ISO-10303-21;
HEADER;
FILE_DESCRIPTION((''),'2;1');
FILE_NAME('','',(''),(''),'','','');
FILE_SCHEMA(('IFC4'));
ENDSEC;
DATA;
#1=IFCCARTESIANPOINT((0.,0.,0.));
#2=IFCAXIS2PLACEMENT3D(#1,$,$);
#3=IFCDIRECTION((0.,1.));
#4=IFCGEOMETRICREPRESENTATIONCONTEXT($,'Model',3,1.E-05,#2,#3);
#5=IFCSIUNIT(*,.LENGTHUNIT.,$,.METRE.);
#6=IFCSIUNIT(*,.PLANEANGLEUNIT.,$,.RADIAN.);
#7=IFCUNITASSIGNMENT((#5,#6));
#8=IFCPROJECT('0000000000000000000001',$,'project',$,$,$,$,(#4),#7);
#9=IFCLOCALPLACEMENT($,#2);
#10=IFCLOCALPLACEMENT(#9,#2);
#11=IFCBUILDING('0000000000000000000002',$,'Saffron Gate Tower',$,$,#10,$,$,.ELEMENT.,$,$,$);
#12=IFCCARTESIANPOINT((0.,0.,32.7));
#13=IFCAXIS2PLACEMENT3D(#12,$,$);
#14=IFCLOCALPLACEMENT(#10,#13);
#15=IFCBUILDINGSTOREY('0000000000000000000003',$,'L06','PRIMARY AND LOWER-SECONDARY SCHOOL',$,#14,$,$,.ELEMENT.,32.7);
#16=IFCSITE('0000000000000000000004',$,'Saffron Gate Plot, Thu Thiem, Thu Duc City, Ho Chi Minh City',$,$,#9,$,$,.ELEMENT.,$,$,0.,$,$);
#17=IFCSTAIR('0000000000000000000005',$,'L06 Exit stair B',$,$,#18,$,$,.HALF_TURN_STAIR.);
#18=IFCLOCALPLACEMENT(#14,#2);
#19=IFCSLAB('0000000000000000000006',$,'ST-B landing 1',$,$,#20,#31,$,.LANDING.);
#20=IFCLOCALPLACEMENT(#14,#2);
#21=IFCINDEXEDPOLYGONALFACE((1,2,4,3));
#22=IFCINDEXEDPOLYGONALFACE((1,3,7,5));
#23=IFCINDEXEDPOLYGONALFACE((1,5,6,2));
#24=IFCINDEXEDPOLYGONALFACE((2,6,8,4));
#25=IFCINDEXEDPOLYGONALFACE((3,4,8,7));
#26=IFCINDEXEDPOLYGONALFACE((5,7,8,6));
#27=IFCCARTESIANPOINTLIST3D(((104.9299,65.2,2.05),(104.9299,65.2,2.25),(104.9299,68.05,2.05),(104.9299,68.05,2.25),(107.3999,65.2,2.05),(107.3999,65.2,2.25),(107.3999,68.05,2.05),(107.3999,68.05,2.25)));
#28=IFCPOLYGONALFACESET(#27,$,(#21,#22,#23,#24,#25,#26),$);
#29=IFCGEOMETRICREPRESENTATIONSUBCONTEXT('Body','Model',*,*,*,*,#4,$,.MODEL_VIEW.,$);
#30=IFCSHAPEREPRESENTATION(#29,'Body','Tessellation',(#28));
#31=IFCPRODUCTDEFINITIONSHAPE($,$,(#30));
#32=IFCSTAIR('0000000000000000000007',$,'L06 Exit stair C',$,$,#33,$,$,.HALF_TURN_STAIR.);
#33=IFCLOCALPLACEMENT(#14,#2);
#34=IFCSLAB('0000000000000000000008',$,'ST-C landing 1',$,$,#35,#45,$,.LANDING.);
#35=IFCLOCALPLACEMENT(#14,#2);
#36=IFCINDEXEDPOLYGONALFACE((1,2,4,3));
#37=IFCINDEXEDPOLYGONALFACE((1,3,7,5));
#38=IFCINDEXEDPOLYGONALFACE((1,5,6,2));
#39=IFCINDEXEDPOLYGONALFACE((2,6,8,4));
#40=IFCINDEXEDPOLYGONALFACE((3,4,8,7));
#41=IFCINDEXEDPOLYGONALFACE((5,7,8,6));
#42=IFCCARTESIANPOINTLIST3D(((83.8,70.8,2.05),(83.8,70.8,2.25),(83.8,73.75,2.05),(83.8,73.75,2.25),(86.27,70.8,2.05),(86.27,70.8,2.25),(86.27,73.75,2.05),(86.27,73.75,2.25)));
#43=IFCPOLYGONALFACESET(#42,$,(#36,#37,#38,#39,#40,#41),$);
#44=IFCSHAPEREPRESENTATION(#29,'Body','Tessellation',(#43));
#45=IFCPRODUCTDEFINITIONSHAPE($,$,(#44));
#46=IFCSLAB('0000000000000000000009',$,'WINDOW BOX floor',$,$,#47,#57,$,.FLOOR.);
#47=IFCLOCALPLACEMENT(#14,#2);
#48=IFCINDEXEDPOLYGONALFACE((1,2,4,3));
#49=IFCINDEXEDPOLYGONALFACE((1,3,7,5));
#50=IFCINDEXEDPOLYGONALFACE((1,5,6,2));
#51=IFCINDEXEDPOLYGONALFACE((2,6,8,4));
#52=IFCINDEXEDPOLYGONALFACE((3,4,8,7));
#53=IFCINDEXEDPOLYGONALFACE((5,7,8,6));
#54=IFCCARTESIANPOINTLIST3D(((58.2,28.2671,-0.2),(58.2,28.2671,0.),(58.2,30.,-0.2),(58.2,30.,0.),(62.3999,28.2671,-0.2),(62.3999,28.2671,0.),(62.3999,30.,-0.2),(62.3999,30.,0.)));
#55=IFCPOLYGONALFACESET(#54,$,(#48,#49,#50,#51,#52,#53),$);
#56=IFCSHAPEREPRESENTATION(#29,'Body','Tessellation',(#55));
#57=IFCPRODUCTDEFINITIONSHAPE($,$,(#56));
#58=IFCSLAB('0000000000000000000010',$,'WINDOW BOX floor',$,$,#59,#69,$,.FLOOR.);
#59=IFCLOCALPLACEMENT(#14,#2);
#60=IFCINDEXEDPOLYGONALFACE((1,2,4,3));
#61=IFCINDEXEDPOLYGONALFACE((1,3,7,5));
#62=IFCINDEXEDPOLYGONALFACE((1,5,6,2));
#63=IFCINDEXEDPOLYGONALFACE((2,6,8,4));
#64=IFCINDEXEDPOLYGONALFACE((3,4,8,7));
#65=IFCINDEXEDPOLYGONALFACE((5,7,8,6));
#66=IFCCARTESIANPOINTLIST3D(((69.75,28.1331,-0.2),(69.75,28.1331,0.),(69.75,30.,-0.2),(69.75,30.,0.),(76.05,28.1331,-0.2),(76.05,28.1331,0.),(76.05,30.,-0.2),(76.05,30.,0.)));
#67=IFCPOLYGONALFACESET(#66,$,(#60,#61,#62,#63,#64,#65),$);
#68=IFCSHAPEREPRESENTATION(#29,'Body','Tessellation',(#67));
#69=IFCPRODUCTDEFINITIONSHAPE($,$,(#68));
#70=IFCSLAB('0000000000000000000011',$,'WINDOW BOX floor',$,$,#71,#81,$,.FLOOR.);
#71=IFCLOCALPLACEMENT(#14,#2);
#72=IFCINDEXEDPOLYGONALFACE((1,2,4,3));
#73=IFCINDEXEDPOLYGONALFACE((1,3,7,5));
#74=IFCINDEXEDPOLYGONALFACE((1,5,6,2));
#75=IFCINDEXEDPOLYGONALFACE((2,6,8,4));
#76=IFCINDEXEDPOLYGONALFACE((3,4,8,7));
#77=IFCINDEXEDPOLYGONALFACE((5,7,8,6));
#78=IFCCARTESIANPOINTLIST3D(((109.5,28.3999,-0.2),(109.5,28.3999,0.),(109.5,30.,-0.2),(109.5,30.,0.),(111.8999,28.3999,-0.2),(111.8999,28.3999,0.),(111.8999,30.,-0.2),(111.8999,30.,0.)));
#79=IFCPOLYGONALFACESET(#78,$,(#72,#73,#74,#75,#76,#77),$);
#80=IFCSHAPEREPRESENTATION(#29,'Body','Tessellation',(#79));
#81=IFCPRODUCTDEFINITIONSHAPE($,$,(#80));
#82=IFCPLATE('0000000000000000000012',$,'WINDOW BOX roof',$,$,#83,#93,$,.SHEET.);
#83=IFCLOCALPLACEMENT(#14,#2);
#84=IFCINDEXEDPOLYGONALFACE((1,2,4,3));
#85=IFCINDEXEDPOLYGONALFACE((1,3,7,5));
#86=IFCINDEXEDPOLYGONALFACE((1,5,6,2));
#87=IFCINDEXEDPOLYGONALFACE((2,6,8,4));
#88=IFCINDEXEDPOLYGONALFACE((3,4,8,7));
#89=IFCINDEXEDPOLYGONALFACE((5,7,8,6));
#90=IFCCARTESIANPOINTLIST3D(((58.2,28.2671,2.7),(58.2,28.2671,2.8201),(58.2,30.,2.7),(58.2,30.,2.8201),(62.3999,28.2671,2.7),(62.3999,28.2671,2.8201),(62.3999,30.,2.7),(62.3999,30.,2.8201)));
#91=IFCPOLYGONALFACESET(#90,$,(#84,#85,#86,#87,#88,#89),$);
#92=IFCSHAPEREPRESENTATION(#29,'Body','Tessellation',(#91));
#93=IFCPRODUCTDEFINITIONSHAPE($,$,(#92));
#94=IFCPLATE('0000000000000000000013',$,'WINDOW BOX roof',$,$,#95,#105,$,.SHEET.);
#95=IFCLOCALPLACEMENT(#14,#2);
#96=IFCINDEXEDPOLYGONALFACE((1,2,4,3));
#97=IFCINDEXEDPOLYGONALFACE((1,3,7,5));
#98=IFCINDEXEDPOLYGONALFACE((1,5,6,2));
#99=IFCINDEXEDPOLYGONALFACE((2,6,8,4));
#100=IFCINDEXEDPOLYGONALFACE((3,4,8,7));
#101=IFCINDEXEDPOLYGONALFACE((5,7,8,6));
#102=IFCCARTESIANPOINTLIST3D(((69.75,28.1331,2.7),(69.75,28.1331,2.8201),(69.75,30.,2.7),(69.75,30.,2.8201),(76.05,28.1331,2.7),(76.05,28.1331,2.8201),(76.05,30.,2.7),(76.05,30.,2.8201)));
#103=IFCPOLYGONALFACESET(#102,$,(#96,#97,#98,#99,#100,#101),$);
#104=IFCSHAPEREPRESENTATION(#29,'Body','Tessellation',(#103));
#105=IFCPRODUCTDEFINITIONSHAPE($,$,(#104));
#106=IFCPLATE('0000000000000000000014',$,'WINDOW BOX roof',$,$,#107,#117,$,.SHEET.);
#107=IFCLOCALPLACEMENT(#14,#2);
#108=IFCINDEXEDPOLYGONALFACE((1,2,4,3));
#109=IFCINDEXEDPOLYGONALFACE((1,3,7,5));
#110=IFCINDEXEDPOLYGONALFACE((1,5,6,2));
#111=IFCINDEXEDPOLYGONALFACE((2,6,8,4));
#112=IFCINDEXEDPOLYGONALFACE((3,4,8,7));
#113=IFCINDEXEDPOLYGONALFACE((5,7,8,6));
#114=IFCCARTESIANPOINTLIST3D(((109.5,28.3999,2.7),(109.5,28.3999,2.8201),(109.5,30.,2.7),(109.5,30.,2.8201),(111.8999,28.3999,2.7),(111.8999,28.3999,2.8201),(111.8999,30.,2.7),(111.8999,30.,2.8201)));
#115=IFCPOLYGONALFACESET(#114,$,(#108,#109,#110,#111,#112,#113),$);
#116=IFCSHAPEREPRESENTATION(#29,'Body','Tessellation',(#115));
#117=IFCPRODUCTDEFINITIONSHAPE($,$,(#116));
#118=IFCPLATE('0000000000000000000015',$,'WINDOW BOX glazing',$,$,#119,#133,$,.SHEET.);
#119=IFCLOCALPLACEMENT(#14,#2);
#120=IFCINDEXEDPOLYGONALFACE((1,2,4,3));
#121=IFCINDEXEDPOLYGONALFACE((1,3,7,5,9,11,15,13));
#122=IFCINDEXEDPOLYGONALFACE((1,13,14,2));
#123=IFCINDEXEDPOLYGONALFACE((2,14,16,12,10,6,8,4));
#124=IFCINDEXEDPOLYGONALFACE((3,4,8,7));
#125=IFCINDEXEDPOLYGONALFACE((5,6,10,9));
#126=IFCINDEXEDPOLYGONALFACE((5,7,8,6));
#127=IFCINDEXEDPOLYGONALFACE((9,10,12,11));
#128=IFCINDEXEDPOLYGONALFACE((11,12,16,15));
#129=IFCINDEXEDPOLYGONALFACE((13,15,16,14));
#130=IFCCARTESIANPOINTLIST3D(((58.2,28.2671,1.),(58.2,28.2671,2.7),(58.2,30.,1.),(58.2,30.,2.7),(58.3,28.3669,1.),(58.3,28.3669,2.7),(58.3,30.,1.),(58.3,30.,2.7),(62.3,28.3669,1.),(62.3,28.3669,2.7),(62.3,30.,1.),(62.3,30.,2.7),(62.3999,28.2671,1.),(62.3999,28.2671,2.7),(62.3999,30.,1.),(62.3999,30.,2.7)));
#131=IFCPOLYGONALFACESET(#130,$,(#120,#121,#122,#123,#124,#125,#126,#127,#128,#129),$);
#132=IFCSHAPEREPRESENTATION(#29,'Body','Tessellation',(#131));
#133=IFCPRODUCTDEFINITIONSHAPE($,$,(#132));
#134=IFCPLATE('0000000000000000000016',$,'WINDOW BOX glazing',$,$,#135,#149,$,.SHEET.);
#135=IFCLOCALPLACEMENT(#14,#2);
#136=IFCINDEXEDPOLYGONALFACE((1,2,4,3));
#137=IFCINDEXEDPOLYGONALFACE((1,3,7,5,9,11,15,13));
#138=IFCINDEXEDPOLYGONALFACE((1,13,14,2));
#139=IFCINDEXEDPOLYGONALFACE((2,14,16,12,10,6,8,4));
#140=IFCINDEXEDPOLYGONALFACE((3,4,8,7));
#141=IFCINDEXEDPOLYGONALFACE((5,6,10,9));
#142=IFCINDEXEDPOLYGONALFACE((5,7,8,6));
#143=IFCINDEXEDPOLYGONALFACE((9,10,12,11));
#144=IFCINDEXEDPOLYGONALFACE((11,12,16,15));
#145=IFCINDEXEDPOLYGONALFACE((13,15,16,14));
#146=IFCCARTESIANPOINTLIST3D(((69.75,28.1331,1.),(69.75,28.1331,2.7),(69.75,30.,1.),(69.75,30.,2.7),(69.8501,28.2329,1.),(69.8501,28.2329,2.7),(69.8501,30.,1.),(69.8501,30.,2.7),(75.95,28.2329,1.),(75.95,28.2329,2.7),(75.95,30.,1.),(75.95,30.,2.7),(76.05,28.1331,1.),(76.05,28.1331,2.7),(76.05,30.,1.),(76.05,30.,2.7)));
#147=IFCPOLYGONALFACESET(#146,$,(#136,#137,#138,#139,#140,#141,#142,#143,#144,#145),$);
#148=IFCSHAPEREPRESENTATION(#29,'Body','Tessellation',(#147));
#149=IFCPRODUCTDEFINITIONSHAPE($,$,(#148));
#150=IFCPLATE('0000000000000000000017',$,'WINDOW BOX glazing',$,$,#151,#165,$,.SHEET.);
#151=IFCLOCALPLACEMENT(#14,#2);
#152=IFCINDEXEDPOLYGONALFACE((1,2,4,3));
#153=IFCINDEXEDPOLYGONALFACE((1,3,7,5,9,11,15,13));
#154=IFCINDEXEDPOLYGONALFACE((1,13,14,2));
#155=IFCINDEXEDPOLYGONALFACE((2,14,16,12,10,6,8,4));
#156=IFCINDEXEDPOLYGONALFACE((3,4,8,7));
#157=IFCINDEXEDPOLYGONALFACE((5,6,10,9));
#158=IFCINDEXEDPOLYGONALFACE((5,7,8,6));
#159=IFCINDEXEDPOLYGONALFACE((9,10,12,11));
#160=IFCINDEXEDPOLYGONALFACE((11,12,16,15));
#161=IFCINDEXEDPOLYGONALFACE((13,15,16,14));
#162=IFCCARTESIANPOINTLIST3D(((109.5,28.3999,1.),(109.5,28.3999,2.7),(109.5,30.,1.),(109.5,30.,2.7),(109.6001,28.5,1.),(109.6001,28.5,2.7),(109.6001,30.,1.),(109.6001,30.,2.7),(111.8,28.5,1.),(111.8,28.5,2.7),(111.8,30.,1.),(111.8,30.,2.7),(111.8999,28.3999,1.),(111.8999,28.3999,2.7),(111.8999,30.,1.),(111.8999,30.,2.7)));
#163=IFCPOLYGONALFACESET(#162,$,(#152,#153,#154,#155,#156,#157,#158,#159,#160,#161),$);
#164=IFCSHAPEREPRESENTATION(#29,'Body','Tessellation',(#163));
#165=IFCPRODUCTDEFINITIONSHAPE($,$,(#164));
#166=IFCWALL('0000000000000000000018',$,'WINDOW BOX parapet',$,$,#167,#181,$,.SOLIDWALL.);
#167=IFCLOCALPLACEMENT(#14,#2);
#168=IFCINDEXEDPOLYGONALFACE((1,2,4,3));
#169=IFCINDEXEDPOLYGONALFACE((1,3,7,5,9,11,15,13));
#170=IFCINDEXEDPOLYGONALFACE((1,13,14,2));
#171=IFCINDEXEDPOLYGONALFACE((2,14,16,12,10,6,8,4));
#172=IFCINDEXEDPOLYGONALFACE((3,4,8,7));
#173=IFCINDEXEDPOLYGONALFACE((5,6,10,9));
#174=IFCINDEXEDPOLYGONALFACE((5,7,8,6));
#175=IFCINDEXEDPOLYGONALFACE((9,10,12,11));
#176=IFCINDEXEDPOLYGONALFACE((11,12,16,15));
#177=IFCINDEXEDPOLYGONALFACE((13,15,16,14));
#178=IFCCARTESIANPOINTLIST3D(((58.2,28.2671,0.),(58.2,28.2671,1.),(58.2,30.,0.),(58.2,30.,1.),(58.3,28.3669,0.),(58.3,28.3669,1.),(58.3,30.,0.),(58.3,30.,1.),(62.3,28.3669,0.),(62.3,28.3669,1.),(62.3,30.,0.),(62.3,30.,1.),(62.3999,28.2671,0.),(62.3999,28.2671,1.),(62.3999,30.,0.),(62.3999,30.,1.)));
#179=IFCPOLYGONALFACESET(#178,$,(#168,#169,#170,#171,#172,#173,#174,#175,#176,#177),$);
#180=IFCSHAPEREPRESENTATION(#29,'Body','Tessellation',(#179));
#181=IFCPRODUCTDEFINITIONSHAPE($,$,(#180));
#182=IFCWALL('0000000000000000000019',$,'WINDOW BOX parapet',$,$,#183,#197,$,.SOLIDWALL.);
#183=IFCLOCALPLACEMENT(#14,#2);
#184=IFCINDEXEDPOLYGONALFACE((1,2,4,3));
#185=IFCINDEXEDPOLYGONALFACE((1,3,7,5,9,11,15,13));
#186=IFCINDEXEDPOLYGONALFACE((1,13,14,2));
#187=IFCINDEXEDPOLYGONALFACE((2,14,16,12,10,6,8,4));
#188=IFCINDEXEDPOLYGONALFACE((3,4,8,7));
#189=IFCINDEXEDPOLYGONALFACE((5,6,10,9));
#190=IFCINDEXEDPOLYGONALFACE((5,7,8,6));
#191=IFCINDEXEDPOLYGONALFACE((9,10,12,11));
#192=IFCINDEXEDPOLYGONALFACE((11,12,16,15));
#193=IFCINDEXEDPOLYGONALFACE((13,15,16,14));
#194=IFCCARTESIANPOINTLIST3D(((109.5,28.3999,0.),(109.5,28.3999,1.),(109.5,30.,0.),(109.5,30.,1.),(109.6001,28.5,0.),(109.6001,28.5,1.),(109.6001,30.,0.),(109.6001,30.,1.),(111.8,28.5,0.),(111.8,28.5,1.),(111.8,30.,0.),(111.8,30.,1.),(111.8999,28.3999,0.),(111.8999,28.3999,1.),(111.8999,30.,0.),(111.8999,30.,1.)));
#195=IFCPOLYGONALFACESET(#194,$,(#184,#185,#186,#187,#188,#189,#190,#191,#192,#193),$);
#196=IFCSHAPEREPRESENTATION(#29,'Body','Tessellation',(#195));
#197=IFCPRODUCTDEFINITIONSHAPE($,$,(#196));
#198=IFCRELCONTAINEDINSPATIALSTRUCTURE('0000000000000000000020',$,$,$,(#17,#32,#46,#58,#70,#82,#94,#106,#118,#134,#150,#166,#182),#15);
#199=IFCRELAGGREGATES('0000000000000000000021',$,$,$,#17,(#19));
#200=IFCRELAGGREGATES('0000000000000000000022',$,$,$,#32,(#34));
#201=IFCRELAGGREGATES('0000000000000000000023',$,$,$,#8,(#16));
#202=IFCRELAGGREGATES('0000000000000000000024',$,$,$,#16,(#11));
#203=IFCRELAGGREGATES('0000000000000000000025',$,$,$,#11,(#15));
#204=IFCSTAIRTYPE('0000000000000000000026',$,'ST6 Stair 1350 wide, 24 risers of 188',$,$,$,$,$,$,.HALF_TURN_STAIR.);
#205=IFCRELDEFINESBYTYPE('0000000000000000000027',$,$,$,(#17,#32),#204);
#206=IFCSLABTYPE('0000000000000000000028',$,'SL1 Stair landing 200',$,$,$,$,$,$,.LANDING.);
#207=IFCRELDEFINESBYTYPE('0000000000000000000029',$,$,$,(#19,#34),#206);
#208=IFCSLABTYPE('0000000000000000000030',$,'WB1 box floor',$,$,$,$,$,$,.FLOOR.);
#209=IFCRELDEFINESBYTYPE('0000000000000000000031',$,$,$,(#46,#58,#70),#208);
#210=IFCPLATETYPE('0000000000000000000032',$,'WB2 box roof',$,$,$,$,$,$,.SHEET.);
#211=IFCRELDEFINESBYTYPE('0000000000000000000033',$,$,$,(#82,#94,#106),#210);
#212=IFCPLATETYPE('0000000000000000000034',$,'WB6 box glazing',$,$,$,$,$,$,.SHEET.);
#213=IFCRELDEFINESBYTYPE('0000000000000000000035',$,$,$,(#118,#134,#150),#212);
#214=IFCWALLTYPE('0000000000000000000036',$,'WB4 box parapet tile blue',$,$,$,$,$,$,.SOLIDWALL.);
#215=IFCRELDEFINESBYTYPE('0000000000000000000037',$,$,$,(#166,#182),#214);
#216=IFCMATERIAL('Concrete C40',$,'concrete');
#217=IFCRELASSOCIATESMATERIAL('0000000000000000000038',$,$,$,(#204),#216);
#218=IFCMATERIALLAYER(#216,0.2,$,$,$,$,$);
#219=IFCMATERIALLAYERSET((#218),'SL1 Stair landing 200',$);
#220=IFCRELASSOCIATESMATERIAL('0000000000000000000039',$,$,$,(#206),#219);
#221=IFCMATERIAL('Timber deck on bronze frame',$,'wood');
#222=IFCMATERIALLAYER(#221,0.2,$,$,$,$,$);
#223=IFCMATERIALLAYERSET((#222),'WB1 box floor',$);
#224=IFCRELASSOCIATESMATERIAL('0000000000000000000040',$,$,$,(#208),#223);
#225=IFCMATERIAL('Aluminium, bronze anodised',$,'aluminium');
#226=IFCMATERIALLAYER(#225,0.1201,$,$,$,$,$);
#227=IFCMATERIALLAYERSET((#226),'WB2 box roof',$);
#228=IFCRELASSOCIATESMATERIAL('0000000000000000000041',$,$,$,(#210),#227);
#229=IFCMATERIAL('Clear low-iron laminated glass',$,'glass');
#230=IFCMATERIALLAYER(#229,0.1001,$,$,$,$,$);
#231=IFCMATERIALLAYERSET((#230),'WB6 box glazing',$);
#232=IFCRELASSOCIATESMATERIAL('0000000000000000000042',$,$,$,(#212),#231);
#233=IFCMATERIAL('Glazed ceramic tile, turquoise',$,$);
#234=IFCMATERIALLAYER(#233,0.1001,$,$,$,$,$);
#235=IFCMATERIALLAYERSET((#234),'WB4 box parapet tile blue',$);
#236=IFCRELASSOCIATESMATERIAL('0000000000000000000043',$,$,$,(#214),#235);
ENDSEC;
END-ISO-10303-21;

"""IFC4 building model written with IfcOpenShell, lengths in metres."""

from ifc_helpers import new_model, si_unit, direction, frame, origin, place, context, subcontext, project, spatial, polyline, outline, extrude, material, layer, layer_set, type_object, element, aggregate, save


model = new_model("IFC4")

# Units and contexts
model_context = context("Model", 3, precision=1e-05, world=origin(), true_north=direction((0.0, 1.0)))
body_context = subcontext(model_context, "Body", "Model", "MODEL_VIEW")
ifc_project = project(units=[si_unit("LENGTHUNIT", "METRE"), si_unit("PLANEANGLEUNIT", "RADIAN")], contexts=[model_context])

# Site, building, storey
site_placement = place(None, origin())
site = spatial("IfcSite", under=ifc_project, at=site_placement, Name="Saffron Gate Plot, Thu Thiem, Thu Duc City, Ho Chi Minh City", CompositionType="ELEMENT", RefElevation=0.0)
building_placement = place(site_placement, origin())
building = spatial("IfcBuilding", under=site, at=building_placement, Name="Saffron Gate Tower", CompositionType="ELEMENT")
storey_placement = place(building_placement, frame((0.0, 0.0, 32.7)))
storey = spatial("IfcBuildingStorey", under=building, at=storey_placement, Name="L06", Description="PRIMARY AND LOWER-SECONDARY SCHOOL", CompositionType="ELEMENT", Elevation=32.7)

# Shared definitions
ifc_material_1 = material(Name="Concrete C40", Category="concrete")

# Stairs, slabs
stair_type = type_object("IfcStairType", Name="ST6 Stair 1350 wide, 24 risers of 188", PredefinedType="HALF_TURN_STAIR", material=ifc_material_1)
ifc_layer_1 = layer(ifc_material_1, 0.2)
ifc_layer_set_1 = layer_set([ifc_layer_1], Name="SL1 Stair landing 200")
slab_type_1 = type_object("IfcSlabType", Name="SL1 Stair landing 200", PredefinedType="LANDING", material=ifc_layer_set_1)
stair_1_placement = place(storey_placement, origin())
stair_1 = element("IfcStair", 1, at=stair_1_placement, inside=storey, type_object=stair_type, Name="L06 Exit stair B", PredefinedType="HALF_TURN_STAIR")
slab_1_placement = place(storey_placement, frame((0.0, 0.0, 2.05)))
slab_1 = element("IfcSlab", 2, at=slab_1_placement, type_object=slab_type_1, Name="ST-B landing 1", PredefinedType="LANDING", context=body_context, shape_type="SweptSolid", body=[
    extrude(outline(polyline([(104.9299, 65.2), (107.3999, 65.2), (107.3999, 68.05), (104.9299, 68.05), (104.9299, 65.2)])), origin(), (0.0, 0.0, 1.0), 0.2),
])
aggregate(stair_1, [slab_1])
stair_2_placement = place(storey_placement, origin())
stair_2 = element("IfcStair", 3, at=stair_2_placement, inside=storey, type_object=stair_type, Name="L06 Exit stair C", PredefinedType="HALF_TURN_STAIR")
slab_2_placement = place(storey_placement, frame((0.0, 0.0, 2.05)))
slab_2 = element("IfcSlab", 4, at=slab_2_placement, type_object=slab_type_1, Name="ST-C landing 1", PredefinedType="LANDING", context=body_context, shape_type="SweptSolid", body=[
    extrude(outline(polyline([(86.27, 73.75), (83.8, 73.75), (83.8, 70.8), (86.27, 70.8), (86.27, 73.75)])), origin(), (0.0, 0.0, 1.0), 0.2),
])
aggregate(stair_2, [slab_2])

# Slabs
ifc_material_2 = material(Name="Timber deck on bronze frame", Category="wood")
ifc_layer_2 = layer(ifc_material_2, 0.2)
ifc_layer_set_2 = layer_set([ifc_layer_2], Name="WB1 box floor")
slab_type_2 = type_object("IfcSlabType", Name="WB1 box floor", PredefinedType="FLOOR", material=ifc_layer_set_2)
slab_3_placement = place(storey_placement, frame((0.0, 0.0, -0.2)))
element("IfcSlab", 5, at=slab_3_placement, inside=storey, type_object=slab_type_2, Name="WINDOW BOX floor", PredefinedType="FLOOR", context=body_context, shape_type="SweptSolid", body=[
    extrude(outline(polyline([(58.2, 30.0), (62.3999, 30.0), (62.3999, 28.2671), (58.2, 28.2671), (58.2, 30.0)])), origin(), (0.0, 0.0, 1.0), 0.2),
])
slab_4_placement = place(storey_placement, frame((0.0, 0.0, -0.2)))
element("IfcSlab", 6, at=slab_4_placement, inside=storey, type_object=slab_type_2, Name="WINDOW BOX floor", PredefinedType="FLOOR", context=body_context, shape_type="SweptSolid", body=[
    extrude(outline(polyline([(69.75, 30.0), (76.05, 30.0), (76.05, 28.1331), (69.75, 28.1331), (69.75, 30.0)])), origin(), (0.0, 0.0, 1.0), 0.2),
])
slab_5_placement = place(storey_placement, frame((0.0, 0.0, -0.2)))
element("IfcSlab", 7, at=slab_5_placement, inside=storey, type_object=slab_type_2, Name="WINDOW BOX floor", PredefinedType="FLOOR", context=body_context, shape_type="SweptSolid", body=[
    extrude(outline(polyline([(109.5, 30.0), (111.8999, 30.0), (111.8999, 28.3999), (109.5, 28.3999), (109.5, 30.0)])), origin(), (0.0, 0.0, 1.0), 0.2),
])

# Plates
ifc_material_3 = material(Name="Aluminium, bronze anodised", Category="aluminium")
ifc_layer_3 = layer(ifc_material_3, 0.1201)
ifc_layer_set_3 = layer_set([ifc_layer_3], Name="WB2 box roof")
plate_type_1 = type_object("IfcPlateType", Name="WB2 box roof", PredefinedType="SHEET", material=ifc_layer_set_3)
plate_1_placement = place(storey_placement, frame((0.0, 0.0, 2.7)))
element("IfcPlate", 8, at=plate_1_placement, inside=storey, type_object=plate_type_1, Name="WINDOW BOX roof", PredefinedType="SHEET", context=body_context, shape_type="SweptSolid", body=[
    extrude(outline(polyline([(58.2, 30.0), (62.3999, 30.0), (62.3999, 28.2671), (58.2, 28.2671), (58.2, 30.0)])), origin(), (0.0, 0.0, 1.0), 0.1201),
])
plate_2_placement = place(storey_placement, frame((0.0, 0.0, 2.7)))
element("IfcPlate", 9, at=plate_2_placement, inside=storey, type_object=plate_type_1, Name="WINDOW BOX roof", PredefinedType="SHEET", context=body_context, shape_type="SweptSolid", body=[
    extrude(outline(polyline([(69.75, 30.0), (76.05, 30.0), (76.05, 28.1331), (69.75, 28.1331), (69.75, 30.0)])), origin(), (0.0, 0.0, 1.0), 0.1201),
])
plate_3_placement = place(storey_placement, frame((0.0, 0.0, 2.7)))
element("IfcPlate", 10, at=plate_3_placement, inside=storey, type_object=plate_type_1, Name="WINDOW BOX roof", PredefinedType="SHEET", context=body_context, shape_type="SweptSolid", body=[
    extrude(outline(polyline([(109.5, 30.0), (111.8999, 30.0), (111.8999, 28.3999), (109.5, 28.3999), (109.5, 30.0)])), origin(), (0.0, 0.0, 1.0), 0.1201),
])
ifc_material_4 = material(Name="Clear low-iron laminated glass", Category="glass")
ifc_layer_4 = layer(ifc_material_4, 0.1001)
ifc_layer_set_4 = layer_set([ifc_layer_4], Name="WB6 box glazing")
plate_type_2 = type_object("IfcPlateType", Name="WB6 box glazing", PredefinedType="SHEET", material=ifc_layer_set_4)
plate_4_placement = place(storey_placement, frame((0.0, 0.0, 1.0)))
element("IfcPlate", 11, at=plate_4_placement, inside=storey, type_object=plate_type_2, Name="WINDOW BOX glazing", PredefinedType="SHEET", context=body_context, shape_type="SweptSolid", body=[
    extrude(outline(polyline([(58.2, 30.0), (58.3, 30.0), (58.3, 28.3669), (62.3, 28.3669), (62.3, 30.0), (62.3999, 30.0), (62.3999, 28.2671), (58.2, 28.2671), (58.2, 30.0)])), origin(), (0.0, 0.0, 1.0), 1.7),
])
plate_5_placement = place(storey_placement, frame((0.0, 0.0, 1.0)))
element("IfcPlate", 12, at=plate_5_placement, inside=storey, type_object=plate_type_2, Name="WINDOW BOX glazing", PredefinedType="SHEET", context=body_context, shape_type="SweptSolid", body=[
    extrude(outline(polyline([(69.75, 30.0), (69.8501, 30.0), (69.8501, 28.2329), (75.95, 28.2329), (75.95, 30.0), (76.05, 30.0), (76.05, 28.1331), (69.75, 28.1331), (69.75, 30.0)])), origin(), (0.0, 0.0, 1.0), 1.7),
])
plate_6_placement = place(storey_placement, frame((0.0, 0.0, 1.0)))
element("IfcPlate", 13, at=plate_6_placement, inside=storey, type_object=plate_type_2, Name="WINDOW BOX glazing", PredefinedType="SHEET", context=body_context, shape_type="SweptSolid", body=[
    extrude(outline(polyline([(109.5, 30.0), (109.6001, 30.0), (109.6001, 28.5), (111.8, 28.5), (111.8, 30.0), (111.8999, 30.0), (111.8999, 28.3999), (109.5, 28.3999), (109.5, 30.0)])), origin(), (0.0, 0.0, 1.0), 1.7),
])

# Walls
ifc_material_5 = material(Name="Glazed ceramic tile, turquoise")
ifc_layer_5 = layer(ifc_material_5, 0.1001)
ifc_layer_set_5 = layer_set([ifc_layer_5], Name="WB4 box parapet tile blue")
wall_type_1 = type_object("IfcWallType", Name="WB4 box parapet tile blue", PredefinedType="SOLIDWALL", material=ifc_layer_set_5)
wall_1_placement = place(storey_placement, origin())
element("IfcWall", 14, at=wall_1_placement, inside=storey, type_object=wall_type_1, Name="WINDOW BOX parapet", PredefinedType="SOLIDWALL", context=body_context, shape_type="SweptSolid", body=[
    extrude(outline(polyline([(58.2, 30.0), (58.3, 30.0), (58.3, 28.3669), (62.3, 28.3669), (62.3, 30.0), (62.3999, 30.0), (62.3999, 28.2671), (58.2, 28.2671), (58.2, 30.0)])), origin(), (0.0, 0.0, 1.0), 1.0),
])
wall_2_placement = place(storey_placement, origin())
element("IfcWall", 15, at=wall_2_placement, inside=storey, type_object=wall_type_1, Name="WINDOW BOX parapet", PredefinedType="SOLIDWALL", context=body_context, shape_type="SweptSolid", body=[
    extrude(outline(polyline([(109.5, 30.0), (109.6001, 30.0), (109.6001, 28.5), (111.8, 28.5), (111.8, 30.0), (111.8999, 30.0), (111.8999, 28.3999), (109.5, 28.3999), (109.5, 30.0)])), origin(), (0.0, 0.0, 1.0), 1.0),
])

save(model, "model.ifc")
